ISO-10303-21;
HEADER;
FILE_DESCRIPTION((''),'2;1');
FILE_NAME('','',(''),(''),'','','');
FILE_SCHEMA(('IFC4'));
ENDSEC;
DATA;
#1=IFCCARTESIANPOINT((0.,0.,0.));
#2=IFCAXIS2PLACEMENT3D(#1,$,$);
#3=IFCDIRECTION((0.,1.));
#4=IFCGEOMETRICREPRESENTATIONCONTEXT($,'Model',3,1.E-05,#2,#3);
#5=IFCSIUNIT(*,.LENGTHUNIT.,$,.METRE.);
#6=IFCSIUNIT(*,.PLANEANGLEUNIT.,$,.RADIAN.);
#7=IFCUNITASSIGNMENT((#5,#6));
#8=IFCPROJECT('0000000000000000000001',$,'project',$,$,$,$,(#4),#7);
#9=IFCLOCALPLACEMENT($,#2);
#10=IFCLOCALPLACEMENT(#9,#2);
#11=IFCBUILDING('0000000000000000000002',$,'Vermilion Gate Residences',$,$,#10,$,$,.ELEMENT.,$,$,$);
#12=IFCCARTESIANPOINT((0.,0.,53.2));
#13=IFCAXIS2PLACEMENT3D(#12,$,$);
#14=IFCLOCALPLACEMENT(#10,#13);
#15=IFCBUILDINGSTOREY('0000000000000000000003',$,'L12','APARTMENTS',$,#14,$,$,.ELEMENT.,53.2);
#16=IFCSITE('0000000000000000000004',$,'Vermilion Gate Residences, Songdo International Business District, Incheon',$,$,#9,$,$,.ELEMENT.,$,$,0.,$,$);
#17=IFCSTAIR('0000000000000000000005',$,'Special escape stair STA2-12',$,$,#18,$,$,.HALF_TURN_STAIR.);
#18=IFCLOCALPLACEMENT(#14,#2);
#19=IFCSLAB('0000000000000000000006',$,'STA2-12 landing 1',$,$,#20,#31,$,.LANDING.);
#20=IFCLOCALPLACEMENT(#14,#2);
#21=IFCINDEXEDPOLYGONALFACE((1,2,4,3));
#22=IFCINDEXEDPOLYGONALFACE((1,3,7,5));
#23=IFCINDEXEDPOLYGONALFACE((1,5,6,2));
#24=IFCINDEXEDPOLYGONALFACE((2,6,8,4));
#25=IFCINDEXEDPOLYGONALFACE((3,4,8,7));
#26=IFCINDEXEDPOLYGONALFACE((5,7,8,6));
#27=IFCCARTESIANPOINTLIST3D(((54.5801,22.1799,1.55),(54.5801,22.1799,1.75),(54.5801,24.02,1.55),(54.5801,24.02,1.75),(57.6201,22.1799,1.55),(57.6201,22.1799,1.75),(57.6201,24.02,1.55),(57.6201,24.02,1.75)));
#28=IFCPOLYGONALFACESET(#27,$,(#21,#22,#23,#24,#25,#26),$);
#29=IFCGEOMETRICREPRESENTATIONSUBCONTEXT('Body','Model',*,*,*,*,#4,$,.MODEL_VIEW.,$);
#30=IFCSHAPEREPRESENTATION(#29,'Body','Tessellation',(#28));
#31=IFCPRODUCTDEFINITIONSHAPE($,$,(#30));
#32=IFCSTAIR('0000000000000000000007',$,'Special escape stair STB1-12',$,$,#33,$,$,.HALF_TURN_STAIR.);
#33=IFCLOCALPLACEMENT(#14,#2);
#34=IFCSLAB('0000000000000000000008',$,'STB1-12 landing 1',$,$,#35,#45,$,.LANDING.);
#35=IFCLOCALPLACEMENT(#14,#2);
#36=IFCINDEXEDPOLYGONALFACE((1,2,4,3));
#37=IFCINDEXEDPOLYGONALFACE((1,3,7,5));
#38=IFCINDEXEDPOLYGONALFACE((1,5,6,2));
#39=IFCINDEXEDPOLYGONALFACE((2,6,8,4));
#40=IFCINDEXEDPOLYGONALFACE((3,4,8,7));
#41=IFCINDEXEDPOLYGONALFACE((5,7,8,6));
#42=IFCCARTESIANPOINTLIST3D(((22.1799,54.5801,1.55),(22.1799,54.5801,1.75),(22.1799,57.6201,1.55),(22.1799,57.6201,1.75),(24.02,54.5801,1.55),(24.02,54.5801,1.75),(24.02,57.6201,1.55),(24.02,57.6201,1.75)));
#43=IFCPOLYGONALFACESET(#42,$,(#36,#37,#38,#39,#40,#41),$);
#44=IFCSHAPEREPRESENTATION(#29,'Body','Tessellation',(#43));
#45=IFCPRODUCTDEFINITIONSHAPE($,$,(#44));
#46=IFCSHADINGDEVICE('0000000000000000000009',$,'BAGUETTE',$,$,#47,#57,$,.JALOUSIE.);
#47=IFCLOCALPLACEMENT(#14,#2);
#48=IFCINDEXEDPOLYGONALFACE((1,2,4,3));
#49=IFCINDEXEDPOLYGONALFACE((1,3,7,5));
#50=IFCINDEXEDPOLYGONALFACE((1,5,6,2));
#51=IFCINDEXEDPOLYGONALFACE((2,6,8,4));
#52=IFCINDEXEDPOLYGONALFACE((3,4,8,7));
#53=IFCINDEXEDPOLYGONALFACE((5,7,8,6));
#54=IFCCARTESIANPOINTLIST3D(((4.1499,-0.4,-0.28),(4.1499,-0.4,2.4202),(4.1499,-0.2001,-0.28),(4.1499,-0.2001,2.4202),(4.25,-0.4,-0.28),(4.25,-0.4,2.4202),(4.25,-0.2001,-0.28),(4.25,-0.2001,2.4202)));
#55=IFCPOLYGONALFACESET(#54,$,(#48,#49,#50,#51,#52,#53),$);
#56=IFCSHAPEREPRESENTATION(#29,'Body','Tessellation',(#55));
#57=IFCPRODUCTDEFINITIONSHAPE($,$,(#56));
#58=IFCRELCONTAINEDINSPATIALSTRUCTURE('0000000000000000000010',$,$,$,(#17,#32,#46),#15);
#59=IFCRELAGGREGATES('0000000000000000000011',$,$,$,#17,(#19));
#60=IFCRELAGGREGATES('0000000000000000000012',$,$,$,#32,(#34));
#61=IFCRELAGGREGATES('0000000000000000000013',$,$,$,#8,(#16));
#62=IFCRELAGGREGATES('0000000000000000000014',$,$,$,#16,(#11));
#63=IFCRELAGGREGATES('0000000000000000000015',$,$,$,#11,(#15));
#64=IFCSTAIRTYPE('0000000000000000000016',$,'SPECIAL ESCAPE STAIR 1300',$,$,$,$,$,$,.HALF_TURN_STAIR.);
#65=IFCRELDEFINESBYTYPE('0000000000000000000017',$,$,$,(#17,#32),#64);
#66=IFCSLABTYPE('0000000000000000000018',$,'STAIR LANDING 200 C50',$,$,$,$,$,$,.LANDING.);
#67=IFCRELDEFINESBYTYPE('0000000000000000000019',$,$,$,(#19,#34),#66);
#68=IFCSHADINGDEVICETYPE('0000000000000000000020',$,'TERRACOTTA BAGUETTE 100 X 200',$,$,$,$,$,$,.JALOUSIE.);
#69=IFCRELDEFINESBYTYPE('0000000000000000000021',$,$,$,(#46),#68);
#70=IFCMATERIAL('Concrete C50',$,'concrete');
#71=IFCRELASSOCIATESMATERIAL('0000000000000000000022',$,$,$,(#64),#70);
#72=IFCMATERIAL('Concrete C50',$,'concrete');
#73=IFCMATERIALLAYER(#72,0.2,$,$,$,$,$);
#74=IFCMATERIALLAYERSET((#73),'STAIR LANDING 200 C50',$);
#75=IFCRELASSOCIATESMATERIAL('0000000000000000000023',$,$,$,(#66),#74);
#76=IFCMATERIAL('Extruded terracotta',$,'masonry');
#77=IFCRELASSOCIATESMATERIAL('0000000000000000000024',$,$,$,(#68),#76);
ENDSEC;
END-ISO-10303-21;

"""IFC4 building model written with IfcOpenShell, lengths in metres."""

from ifc_helpers import new_model, si_unit, direction, frame, origin, origin_2d, place, context, subcontext, project, spatial, polyline, rectangle, outline, extrude, material, layer, layer_set, material_profile, profile_set, type_object, element, aggregate, save


model = new_model("IFC4")

# Units and contexts
model_context = context("Model", 3, precision=1e-05, world=origin(), true_north=direction((0.0, 1.0)))
body_context = subcontext(model_context, "Body", "Model", "MODEL_VIEW")
ifc_project = project(units=[si_unit("LENGTHUNIT", "METRE"), si_unit("PLANEANGLEUNIT", "RADIAN")], contexts=[model_context])

# Site, building, storey
site_placement = place(None, origin())
site = spatial("IfcSite", under=ifc_project, at=site_placement, Name="Vermilion Gate Residences, Songdo International Business District, Incheon", CompositionType="ELEMENT", RefElevation=0.0)
building_placement = place(site_placement, origin())
building = spatial("IfcBuilding", under=site, at=building_placement, Name="Vermilion Gate Residences", CompositionType="ELEMENT")
storey_placement = place(building_placement, frame((0.0, 0.0, 53.2)))
storey = spatial("IfcBuildingStorey", under=building, at=storey_placement, Name="L12", Description="APARTMENTS", CompositionType="ELEMENT", Elevation=53.2)

# Stairs, slabs
ifc_material_1 = material(Name="Concrete C50", Category="concrete")
stair_type = type_object("IfcStairType", Name="SPECIAL ESCAPE STAIR 1300", PredefinedType="HALF_TURN_STAIR", material=ifc_material_1)
ifc_material_2 = material(Name="Concrete C50", Category="concrete")
ifc_layer_1 = layer(ifc_material_2, 0.2)
ifc_layer_set_1 = layer_set([ifc_layer_1], Name="STAIR LANDING 200 C50")
slab_type_1 = type_object("IfcSlabType", Name="STAIR LANDING 200 C50", PredefinedType="LANDING", material=ifc_layer_set_1)
stair_1_placement = place(storey_placement, origin())
stair_1 = element("IfcStair", 1, at=stair_1_placement, inside=storey, type_object=stair_type, Name="Special escape stair STA2-12", PredefinedType="HALF_TURN_STAIR")
slab_1_placement = place(storey_placement, frame((0.0, 0.0, 1.55)))
slab_1 = element("IfcSlab", 2, at=slab_1_placement, type_object=slab_type_1, Name="STA2-12 landing 1", PredefinedType="LANDING", context=body_context, shape_type="SweptSolid", body=[
    extrude(outline(polyline([(57.6201, 22.1799), (57.6201, 24.02), (54.5801, 24.02), (54.5801, 22.1799), (57.6201, 22.1799)])), origin(), (0.0, 0.0, 1.0), 0.2),
])
aggregate(stair_1, [slab_1])
stair_2_placement = place(storey_placement, origin())
stair_2 = element("IfcStair", 3, at=stair_2_placement, inside=storey, type_object=stair_type, Name="Special escape stair STB1-12", PredefinedType="HALF_TURN_STAIR")
slab_2_placement = place(storey_placement, frame((0.0, 0.0, 1.55)))
slab_2 = element("IfcSlab", 4, at=slab_2_placement, type_object=slab_type_1, Name="STB1-12 landing 1", PredefinedType="LANDING", context=body_context, shape_type="SweptSolid", body=[
    extrude(outline(polyline([(24.02, 54.5801), (24.02, 57.6201), (22.1799, 57.6201), (22.1799, 54.5801), (24.02, 54.5801)])), origin(), (0.0, 0.0, 1.0), 0.2),
])
aggregate(stair_2, [slab_2])

# Shading device
ifc_material_3 = material(Name="Extruded terracotta", Category="masonry")
ifc_material_profile_1 = material_profile(ifc_material_3, rectangle(XDim=0.2, YDim=0.1001, at=origin_2d()), Name="BAGUETTE 100 X 200")
ifc_profile_set_1 = profile_set([ifc_material_profile_1], Name="Extruded terracotta")
shading_device_type = type_object("IfcShadingDeviceType", Name="TERRACOTTA BAGUETTE 100 X 200", PredefinedType="JALOUSIE", material=ifc_profile_set_1)
shading_device_placement = place(storey_placement, frame((4.2, -0.3, -0.28), z_axis=(0.0, 0.0, 1.0), x_axis=(0.0, 1.0, 0.0)))
element("IfcShadingDevice", 5, at=shading_device_placement, inside=storey, type_object=shading_device_type, Name="BAGUETTE", PredefinedType="JALOUSIE", context=body_context, shape_type="SweptSolid", body=[
    extrude(rectangle(XDim=0.2, YDim=0.1001, at=origin_2d()), origin(), (0.0, 0.0, 1.0), 2.7002),
])

save(model, "model.ifc")
